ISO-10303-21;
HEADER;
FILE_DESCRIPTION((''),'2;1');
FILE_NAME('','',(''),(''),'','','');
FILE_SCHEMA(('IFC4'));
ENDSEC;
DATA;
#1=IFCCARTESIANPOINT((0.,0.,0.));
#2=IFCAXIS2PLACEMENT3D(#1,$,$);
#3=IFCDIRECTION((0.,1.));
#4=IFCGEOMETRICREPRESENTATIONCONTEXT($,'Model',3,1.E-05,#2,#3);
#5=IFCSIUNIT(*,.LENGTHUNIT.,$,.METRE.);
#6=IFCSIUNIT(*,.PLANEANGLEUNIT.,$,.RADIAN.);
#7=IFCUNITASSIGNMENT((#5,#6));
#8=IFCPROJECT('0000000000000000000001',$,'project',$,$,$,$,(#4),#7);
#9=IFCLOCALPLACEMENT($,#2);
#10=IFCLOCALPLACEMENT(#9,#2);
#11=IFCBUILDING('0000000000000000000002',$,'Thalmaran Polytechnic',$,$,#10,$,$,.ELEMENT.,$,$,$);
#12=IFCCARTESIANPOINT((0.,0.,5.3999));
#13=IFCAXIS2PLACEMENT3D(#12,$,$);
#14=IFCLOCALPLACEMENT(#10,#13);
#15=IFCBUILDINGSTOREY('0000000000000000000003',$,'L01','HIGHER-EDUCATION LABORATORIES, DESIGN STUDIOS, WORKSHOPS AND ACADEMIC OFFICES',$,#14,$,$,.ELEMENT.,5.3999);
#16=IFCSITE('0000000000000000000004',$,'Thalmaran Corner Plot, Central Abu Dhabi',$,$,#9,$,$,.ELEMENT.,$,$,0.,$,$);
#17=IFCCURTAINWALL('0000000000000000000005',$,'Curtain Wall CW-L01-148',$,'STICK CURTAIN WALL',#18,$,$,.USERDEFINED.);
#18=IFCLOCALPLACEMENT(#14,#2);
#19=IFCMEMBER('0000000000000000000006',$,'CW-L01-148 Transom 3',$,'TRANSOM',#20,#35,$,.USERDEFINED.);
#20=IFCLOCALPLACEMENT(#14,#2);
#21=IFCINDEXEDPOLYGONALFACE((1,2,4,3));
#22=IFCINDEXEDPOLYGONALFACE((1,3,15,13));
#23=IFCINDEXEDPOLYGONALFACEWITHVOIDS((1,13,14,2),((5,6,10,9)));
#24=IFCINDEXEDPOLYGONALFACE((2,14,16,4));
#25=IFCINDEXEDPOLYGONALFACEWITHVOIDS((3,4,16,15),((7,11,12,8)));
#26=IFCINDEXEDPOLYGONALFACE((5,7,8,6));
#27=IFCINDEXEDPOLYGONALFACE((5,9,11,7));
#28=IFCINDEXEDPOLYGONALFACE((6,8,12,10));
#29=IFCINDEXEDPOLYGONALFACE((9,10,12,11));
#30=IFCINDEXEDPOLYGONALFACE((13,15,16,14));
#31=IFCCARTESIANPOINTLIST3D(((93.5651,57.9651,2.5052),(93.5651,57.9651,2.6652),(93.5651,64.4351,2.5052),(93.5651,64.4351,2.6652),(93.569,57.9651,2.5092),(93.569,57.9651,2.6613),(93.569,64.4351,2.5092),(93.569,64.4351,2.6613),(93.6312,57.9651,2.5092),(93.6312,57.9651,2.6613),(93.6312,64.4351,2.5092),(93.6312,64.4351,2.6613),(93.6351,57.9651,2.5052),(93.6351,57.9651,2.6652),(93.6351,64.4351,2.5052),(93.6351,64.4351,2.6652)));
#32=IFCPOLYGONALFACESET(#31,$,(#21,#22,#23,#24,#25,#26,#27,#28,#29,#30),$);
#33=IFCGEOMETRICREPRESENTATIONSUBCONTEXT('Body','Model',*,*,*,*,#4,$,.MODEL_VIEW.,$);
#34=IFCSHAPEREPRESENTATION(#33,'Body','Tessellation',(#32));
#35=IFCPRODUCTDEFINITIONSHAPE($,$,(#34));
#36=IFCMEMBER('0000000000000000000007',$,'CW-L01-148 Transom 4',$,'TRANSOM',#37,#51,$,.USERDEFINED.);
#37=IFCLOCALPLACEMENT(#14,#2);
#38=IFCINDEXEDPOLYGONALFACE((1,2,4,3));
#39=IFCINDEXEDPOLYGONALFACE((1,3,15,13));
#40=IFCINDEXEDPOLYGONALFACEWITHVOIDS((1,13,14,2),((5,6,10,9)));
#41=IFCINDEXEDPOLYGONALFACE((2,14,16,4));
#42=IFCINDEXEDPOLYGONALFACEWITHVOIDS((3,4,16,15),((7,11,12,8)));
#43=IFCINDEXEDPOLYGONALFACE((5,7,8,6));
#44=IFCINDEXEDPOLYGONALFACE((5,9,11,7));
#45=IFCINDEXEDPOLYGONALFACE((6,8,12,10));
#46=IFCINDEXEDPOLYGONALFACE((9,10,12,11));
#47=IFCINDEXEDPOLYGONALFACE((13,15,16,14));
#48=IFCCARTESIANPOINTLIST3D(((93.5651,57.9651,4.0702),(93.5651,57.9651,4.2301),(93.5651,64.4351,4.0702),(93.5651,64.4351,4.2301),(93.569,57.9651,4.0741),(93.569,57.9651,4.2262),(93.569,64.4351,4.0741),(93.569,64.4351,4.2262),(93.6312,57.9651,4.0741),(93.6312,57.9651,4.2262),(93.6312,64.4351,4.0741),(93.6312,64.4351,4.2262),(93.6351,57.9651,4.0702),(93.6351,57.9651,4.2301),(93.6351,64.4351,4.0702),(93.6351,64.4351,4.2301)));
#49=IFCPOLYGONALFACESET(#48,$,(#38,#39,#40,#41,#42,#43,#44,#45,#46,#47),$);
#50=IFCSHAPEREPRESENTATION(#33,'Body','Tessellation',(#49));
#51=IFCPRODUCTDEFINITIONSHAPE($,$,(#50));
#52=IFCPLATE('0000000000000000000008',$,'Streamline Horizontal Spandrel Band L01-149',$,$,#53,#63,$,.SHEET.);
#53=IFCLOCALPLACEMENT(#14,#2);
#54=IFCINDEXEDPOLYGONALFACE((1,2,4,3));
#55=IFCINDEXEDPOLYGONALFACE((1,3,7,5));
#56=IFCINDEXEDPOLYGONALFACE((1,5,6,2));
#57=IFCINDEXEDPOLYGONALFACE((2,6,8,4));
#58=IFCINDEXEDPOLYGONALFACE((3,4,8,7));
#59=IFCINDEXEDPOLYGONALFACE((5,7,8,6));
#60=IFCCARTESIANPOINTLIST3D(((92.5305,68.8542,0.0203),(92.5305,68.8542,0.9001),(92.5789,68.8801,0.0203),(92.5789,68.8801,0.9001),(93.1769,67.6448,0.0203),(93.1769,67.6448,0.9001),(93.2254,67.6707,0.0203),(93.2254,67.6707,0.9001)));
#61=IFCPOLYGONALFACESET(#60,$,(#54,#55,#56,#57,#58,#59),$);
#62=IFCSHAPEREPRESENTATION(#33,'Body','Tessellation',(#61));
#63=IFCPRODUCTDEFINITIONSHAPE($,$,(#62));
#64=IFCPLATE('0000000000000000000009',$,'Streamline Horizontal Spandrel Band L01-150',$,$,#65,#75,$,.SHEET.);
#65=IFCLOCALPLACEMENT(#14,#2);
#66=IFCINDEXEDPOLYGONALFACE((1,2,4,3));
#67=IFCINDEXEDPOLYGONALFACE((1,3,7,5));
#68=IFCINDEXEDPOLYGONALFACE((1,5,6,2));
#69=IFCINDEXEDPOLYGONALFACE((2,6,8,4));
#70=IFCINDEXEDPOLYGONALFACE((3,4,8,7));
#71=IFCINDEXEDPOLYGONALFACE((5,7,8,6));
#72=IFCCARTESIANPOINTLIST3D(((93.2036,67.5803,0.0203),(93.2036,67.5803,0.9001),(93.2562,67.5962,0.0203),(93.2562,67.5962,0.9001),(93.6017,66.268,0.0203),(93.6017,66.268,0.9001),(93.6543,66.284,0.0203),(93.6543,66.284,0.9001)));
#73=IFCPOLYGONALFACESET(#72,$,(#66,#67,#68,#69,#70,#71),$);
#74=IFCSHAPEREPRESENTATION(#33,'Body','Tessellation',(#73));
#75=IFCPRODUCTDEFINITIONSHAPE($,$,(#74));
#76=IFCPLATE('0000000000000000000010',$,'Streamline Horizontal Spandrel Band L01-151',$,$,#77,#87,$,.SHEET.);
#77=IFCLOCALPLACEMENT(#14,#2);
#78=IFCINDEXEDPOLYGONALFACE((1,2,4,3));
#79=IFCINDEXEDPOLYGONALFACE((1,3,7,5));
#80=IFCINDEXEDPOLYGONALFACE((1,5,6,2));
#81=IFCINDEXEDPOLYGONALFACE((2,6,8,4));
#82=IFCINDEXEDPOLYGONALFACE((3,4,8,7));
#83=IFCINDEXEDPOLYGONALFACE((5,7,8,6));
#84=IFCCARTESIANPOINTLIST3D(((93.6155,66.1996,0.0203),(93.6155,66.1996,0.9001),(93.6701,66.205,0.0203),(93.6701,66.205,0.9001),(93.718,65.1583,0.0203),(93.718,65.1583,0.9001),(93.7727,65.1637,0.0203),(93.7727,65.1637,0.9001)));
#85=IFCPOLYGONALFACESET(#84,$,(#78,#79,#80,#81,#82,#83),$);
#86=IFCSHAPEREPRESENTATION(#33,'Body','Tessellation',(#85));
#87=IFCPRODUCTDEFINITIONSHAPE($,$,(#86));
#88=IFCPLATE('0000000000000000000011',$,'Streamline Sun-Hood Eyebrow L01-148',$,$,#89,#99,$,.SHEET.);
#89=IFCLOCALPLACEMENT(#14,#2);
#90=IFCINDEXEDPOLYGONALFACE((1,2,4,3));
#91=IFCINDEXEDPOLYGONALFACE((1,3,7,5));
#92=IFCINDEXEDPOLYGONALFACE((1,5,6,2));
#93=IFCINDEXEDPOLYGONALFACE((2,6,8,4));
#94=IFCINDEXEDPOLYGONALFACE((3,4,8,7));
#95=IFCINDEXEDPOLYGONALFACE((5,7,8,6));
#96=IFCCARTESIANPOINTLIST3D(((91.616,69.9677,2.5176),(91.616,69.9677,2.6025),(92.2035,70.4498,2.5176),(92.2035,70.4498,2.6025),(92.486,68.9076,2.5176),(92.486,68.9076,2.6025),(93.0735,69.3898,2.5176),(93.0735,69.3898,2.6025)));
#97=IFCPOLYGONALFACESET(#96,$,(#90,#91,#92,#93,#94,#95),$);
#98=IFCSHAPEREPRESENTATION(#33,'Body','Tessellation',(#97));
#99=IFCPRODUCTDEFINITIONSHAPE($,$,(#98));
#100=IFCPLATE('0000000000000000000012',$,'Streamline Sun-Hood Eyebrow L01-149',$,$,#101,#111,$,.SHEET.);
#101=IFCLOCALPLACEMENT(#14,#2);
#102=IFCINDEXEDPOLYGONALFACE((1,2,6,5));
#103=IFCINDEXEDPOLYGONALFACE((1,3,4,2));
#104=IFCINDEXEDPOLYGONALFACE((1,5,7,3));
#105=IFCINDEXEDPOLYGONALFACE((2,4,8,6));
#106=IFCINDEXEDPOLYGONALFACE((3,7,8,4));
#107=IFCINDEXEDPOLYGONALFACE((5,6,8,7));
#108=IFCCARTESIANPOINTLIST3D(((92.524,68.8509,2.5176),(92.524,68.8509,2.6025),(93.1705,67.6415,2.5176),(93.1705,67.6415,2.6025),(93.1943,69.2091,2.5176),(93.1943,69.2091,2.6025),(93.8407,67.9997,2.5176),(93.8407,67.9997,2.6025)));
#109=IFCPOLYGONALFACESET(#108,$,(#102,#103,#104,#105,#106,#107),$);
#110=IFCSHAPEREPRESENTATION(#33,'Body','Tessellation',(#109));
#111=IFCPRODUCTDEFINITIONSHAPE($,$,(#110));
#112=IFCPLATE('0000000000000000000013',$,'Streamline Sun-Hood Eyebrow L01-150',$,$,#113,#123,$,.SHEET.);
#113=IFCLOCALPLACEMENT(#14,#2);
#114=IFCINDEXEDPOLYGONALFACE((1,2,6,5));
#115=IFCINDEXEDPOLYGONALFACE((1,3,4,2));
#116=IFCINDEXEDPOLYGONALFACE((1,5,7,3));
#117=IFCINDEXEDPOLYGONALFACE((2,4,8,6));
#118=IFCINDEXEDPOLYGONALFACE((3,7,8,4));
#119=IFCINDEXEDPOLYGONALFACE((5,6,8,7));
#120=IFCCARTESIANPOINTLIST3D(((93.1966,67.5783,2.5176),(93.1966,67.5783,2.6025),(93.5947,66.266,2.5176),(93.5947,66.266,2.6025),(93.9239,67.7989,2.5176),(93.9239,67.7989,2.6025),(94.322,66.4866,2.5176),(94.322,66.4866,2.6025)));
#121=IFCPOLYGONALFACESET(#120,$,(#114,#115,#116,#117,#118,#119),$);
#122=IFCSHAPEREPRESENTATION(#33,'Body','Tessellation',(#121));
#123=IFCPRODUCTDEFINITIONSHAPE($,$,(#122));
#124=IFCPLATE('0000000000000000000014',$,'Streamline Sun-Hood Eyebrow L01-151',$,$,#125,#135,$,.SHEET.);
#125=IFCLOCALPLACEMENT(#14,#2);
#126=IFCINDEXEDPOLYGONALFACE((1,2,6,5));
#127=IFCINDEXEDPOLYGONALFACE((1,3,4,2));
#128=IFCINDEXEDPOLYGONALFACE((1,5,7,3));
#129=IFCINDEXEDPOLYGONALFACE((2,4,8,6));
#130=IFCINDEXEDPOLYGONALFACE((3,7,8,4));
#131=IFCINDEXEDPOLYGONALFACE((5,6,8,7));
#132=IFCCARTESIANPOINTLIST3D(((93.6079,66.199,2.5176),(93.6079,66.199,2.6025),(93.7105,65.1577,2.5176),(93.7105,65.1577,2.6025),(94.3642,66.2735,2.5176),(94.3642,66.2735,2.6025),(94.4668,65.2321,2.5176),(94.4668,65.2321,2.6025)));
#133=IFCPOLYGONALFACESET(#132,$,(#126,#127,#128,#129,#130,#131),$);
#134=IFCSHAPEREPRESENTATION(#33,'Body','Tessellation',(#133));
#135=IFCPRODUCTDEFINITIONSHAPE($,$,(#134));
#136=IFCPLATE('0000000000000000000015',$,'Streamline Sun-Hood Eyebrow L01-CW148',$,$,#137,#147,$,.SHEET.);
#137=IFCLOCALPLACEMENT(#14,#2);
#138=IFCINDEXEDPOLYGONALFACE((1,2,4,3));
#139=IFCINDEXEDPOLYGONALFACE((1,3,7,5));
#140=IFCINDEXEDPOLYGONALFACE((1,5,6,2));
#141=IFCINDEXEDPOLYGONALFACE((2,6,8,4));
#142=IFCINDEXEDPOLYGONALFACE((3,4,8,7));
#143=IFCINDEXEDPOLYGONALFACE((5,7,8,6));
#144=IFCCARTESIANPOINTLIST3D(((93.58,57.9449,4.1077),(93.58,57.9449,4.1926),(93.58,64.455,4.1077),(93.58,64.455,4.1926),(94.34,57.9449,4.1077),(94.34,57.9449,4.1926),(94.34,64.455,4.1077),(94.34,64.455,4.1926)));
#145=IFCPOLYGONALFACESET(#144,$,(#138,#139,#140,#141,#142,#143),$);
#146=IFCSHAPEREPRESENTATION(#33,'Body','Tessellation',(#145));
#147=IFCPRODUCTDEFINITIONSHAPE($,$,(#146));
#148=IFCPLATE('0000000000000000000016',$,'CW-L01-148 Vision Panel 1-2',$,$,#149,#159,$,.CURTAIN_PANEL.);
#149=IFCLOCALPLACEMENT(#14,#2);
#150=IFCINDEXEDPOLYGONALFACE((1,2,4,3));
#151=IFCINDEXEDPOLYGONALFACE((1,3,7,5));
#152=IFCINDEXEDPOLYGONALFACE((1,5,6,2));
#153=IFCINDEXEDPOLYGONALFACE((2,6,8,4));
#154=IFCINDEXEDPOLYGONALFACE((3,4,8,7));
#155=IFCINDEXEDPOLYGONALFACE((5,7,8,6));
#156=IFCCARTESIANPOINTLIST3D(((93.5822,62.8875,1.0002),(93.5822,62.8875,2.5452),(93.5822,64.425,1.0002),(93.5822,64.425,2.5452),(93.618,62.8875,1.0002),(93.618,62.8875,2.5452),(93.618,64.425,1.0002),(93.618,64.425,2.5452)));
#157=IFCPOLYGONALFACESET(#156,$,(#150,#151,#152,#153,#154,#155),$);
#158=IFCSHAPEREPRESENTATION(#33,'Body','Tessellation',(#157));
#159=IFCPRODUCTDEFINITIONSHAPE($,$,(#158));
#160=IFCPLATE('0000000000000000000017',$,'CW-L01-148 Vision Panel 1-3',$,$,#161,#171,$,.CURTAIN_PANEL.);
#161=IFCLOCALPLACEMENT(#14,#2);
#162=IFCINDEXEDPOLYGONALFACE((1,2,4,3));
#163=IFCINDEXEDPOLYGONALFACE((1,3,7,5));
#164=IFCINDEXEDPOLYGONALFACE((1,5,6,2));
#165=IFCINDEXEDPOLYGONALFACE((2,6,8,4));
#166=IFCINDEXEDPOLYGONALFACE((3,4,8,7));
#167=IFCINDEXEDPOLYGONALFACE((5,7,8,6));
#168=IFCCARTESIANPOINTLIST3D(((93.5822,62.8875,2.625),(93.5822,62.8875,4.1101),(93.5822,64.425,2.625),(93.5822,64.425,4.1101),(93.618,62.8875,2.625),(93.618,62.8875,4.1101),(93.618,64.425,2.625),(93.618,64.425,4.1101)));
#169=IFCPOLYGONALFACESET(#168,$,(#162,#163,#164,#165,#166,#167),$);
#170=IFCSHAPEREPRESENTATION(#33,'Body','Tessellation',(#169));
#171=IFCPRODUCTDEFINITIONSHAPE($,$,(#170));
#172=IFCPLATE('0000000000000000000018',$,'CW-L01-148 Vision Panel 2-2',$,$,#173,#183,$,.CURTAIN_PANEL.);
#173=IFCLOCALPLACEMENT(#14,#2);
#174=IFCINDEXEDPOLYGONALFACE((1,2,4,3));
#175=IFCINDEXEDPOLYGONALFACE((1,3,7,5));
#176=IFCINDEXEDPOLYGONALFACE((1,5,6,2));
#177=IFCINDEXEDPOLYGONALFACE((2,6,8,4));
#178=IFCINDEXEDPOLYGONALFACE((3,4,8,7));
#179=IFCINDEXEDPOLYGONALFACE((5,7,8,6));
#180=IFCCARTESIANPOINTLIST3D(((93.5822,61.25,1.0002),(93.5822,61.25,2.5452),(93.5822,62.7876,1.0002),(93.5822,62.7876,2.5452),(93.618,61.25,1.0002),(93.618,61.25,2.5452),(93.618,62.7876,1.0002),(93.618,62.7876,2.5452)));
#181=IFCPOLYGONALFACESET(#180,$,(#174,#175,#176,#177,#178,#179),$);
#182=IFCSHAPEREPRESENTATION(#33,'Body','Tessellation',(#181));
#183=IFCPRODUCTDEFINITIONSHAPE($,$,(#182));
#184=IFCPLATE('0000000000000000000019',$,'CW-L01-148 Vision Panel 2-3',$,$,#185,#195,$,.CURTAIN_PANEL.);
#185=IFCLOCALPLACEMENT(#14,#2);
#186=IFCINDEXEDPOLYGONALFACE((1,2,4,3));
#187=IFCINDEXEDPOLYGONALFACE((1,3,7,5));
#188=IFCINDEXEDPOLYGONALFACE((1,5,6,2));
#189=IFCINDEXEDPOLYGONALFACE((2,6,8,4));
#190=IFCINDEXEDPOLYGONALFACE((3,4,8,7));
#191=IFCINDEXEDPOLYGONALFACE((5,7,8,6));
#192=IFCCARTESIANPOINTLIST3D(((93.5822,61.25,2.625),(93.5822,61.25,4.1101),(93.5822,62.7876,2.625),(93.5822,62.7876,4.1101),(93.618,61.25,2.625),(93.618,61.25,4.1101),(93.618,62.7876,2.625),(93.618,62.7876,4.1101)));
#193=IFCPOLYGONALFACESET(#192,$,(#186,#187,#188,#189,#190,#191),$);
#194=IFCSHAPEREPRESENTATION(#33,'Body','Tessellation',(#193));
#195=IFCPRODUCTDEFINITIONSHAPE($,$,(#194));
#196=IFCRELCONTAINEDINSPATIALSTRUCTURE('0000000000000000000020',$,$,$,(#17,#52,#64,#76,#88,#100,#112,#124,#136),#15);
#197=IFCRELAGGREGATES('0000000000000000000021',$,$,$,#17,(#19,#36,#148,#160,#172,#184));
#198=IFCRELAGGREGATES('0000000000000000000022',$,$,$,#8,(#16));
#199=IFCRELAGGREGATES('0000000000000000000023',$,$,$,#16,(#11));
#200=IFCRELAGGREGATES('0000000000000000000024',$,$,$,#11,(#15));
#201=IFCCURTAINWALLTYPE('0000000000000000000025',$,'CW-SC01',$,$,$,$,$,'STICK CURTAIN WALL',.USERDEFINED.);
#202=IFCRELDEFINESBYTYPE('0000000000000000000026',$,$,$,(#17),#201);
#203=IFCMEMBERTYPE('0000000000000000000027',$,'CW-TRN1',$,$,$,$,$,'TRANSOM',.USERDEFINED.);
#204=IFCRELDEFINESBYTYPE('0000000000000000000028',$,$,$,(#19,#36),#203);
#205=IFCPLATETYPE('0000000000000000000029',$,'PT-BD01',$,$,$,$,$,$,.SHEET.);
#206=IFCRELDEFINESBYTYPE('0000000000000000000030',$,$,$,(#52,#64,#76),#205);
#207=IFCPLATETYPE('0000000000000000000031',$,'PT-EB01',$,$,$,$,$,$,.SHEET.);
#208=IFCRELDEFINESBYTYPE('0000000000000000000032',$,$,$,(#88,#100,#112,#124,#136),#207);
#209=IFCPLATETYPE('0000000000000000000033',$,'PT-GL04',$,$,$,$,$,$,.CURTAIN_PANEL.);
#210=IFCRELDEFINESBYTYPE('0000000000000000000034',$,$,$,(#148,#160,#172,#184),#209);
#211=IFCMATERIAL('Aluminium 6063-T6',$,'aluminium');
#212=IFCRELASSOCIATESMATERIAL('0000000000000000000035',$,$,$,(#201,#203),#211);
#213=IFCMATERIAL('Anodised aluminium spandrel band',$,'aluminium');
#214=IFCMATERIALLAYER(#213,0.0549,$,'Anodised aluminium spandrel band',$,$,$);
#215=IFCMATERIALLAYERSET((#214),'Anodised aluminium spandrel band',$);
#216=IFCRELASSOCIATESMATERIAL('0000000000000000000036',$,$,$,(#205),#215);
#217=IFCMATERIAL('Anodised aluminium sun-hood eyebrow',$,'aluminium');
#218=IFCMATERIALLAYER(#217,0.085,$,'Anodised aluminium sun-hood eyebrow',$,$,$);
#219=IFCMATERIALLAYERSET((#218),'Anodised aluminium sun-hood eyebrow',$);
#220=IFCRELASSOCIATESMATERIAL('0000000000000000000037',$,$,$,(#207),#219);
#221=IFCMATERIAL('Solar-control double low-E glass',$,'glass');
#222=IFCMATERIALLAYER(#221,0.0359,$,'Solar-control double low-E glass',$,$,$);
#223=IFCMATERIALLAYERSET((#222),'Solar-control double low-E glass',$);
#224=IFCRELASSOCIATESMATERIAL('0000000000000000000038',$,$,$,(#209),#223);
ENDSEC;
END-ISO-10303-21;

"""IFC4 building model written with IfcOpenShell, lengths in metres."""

from ifc_helpers import new_model, si_unit, direction, frame, origin, origin_2d, place, context, subcontext, project, spatial, rectangle, hollow_rectangle, extrude, material, layer, layer_set, material_profile, profile_set, type_object, element, aggregate, save


model = new_model("IFC4")

# Units and contexts
model_context = context("Model", 3, precision=1e-05, world=origin(), true_north=direction((0.0, 1.0)))
body_context = subcontext(model_context, "Body", "Model", "MODEL_VIEW")
ifc_project = project(units=[si_unit("LENGTHUNIT", "METRE"), si_unit("PLANEANGLEUNIT", "RADIAN")], contexts=[model_context])

# Site, building, storey
site_placement = place(None, origin())
site = spatial("IfcSite", under=ifc_project, at=site_placement, Name="Thalmaran Corner Plot, Central Abu Dhabi", CompositionType="ELEMENT", RefElevation=0.0)
building_placement = place(site_placement, origin())
building = spatial("IfcBuilding", under=site, at=building_placement, Name="Thalmaran Polytechnic", CompositionType="ELEMENT")
storey_placement = place(building_placement, frame((0.0, 0.0, 5.3999)))
storey = spatial("IfcBuildingStorey", under=building, at=storey_placement, Name="L01", Description="HIGHER-EDUCATION LABORATORIES, DESIGN STUDIOS, WORKSHOPS AND ACADEMIC OFFICES", CompositionType="ELEMENT", Elevation=5.3999)

# Curtain wall, members
ifc_material_1 = material(Name="Aluminium 6063-T6", Category="aluminium")
curtain_wall_type = type_object("IfcCurtainWallType", Name="CW-SC01", ElementType="STICK CURTAIN WALL", PredefinedType="USERDEFINED", material=ifc_material_1)
curtain_wall_placement = place(storey_placement, origin())
curtain_wall = element("IfcCurtainWall", 1, at=curtain_wall_placement, inside=storey, type_object=curtain_wall_type, Name="Curtain Wall CW-L01-148", ObjectType="STICK CURTAIN WALL", PredefinedType="USERDEFINED")
ifc_material_profile_1 = material_profile(ifc_material_1, hollow_rectangle(XDim=0.0701, YDim=0.1599, WallThickness=0.0039, at=origin_2d()), Name="AL 160x70x4.0")
ifc_profile_set_1 = profile_set([ifc_material_profile_1], Name="Aluminium 6063-T6")
member_type_1 = type_object("IfcMemberType", Name="CW-TRN1", ElementType="TRANSOM", PredefinedType="USERDEFINED", material=ifc_profile_set_1)
member_1_placement = place(storey_placement, frame((93.6001, 64.4351, 2.5852), z_axis=(0.0, -1.0, 0.0), x_axis=(1.0, 0.0, 0.0)))
member_1 = element("IfcMember", 2, at=member_1_placement, type_object=member_type_1, Name="CW-L01-148 Transom 3", ObjectType="TRANSOM", PredefinedType="USERDEFINED", context=body_context, shape_type="SweptSolid", body=[
    extrude(hollow_rectangle(XDim=0.0701, YDim=0.1599, WallThickness=0.0039, at=origin_2d()), origin(), (0.0, 0.0, 1.0), 6.47),
])
member_2_placement = place(storey_placement, frame((93.6001, 64.4351, 4.1501), z_axis=(0.0, -1.0, 0.0), x_axis=(1.0, 0.0, 0.0)))
member_2 = element("IfcMember", 3, at=member_2_placement, type_object=member_type_1, Name="CW-L01-148 Transom 4", ObjectType="TRANSOM", PredefinedType="USERDEFINED", context=body_context, shape_type="SweptSolid", body=[
    extrude(hollow_rectangle(XDim=0.0701, YDim=0.1599, WallThickness=0.0039, at=origin_2d()), origin(), (0.0, 0.0, 1.0), 6.47),
])

# Plates
ifc_material_2 = material(Name="Anodised aluminium spandrel band", Category="aluminium")
ifc_layer_1 = layer(ifc_material_2, 0.0549, Name="Anodised aluminium spandrel band")
ifc_layer_set_1 = layer_set([ifc_layer_1], Name="Anodised aluminium spandrel band")
plate_type_1 = type_object("IfcPlateType", Name="PT-BD01", PredefinedType="SHEET", material=ifc_layer_set_1)
for number, where, z_axis, x_axis, name in (
    (4, (92.8779, 68.2625, 0.0203), (0.0, 0.0, 1.0), (0.471397, -0.881921, 0.0), "Streamline Horizontal Spandrel Band L01-149"),
    (5, (93.429, 66.9321, 0.0203), (0.0, 0.0, 1.0), (0.290285, -0.95694, 0.0), "Streamline Horizontal Spandrel Band L01-150"),
):
    element("IfcPlate", number, at=place(storey_placement, frame(where, z_axis=z_axis, x_axis=x_axis)), inside=storey, type_object=plate_type_1, Name=name, PredefinedType="SHEET", context=body_context, shape_type="SweptSolid", body=[
        extrude(rectangle(XDim=1.3713, YDim=0.0549, at=origin_2d()), origin(), (0.0, 0.0, 1.0), 0.8799),
    ])
plate_1_placement = place(storey_placement, frame((93.6941, 65.6816, 0.0203), z_axis=(0.0, 0.0, 1.0), x_axis=(0.098017, -0.995185, 0.0)))
element("IfcPlate", 6, at=plate_1_placement, inside=storey, type_object=plate_type_1, Name="Streamline Horizontal Spandrel Band L01-151", PredefinedType="SHEET", context=body_context, shape_type="SweptSolid", body=[
    extrude(rectangle(XDim=1.0464, YDim=0.0549, at=origin_2d()), origin(), (0.0, 0.0, 1.0), 0.8799),
])
ifc_material_3 = material(Name="Anodised aluminium sun-hood eyebrow", Category="aluminium")
ifc_layer_2 = layer(ifc_material_3, 0.085, Name="Anodised aluminium sun-hood eyebrow")
ifc_layer_set_2 = layer_set([ifc_layer_2], Name="Anodised aluminium sun-hood eyebrow")
plate_type_2 = type_object("IfcPlateType", Name="PT-EB01", PredefinedType="SHEET", material=ifc_layer_set_2)
for number, where, z_axis, x_axis, name in (
    (7, (92.3447, 69.6787, 2.5176), (0.0, 0.0, 1.0), (0.634393, -0.77301, 0.0), "Streamline Sun-Hood Eyebrow L01-148"),
    (8, (93.1824, 68.4253, 2.5176), (0.0, 0.0, 1.0), (0.471397, -0.881921, 0.0), "Streamline Sun-Hood Eyebrow L01-149"),
    (9, (93.7593, 67.0325, 2.5176), (0.0, 0.0, 1.0), (0.290285, -0.95694, 0.0), "Streamline Sun-Hood Eyebrow L01-150"),
):
    element("IfcPlate", number, at=place(storey_placement, frame(where, z_axis=z_axis, x_axis=x_axis)), inside=storey, type_object=plate_type_2, Name=name, PredefinedType="SHEET", context=body_context, shape_type="SweptSolid", body=[
        extrude(rectangle(XDim=1.3713, YDim=0.76, at=origin_2d()), origin(), (0.0, 0.0, 1.0), 0.085),
    ])
plate_2_placement = place(storey_placement, frame((94.0374, 65.7156, 2.5176), z_axis=(0.0, 0.0, 1.0), x_axis=(0.098017, -0.995185, 0.0)))
element("IfcPlate", 10, at=plate_2_placement, inside=storey, type_object=plate_type_2, Name="Streamline Sun-Hood Eyebrow L01-151", PredefinedType="SHEET", context=body_context, shape_type="SweptSolid", body=[
    extrude(rectangle(XDim=1.0464, YDim=0.76, at=origin_2d()), origin(), (0.0, 0.0, 1.0), 0.085),
])
plate_3_placement = place(storey_placement, frame((93.96, 61.2, 4.1077), z_axis=(0.0, 0.0, 1.0), x_axis=(0.0, -1.0, 0.0)))
element("IfcPlate", 11, at=plate_3_placement, inside=storey, type_object=plate_type_2, Name="Streamline Sun-Hood Eyebrow L01-CW148", PredefinedType="SHEET", context=body_context, shape_type="SweptSolid", body=[
    extrude(rectangle(XDim=6.51, YDim=0.76, at=origin_2d()), origin(), (0.0, 0.0, 1.0), 0.085),
])

# Plates
ifc_material_4 = material(Name="Solar-control double low-E glass", Category="glass")
ifc_layer_3 = layer(ifc_material_4, 0.0359, Name="Solar-control double low-E glass")
ifc_layer_set_3 = layer_set([ifc_layer_3], Name="Solar-control double low-E glass")
plate_type_3 = type_object("IfcPlateType", Name="PT-GL04", PredefinedType="CURTAIN_PANEL", material=ifc_layer_set_3)
plate_4_placement = place(storey_placement, frame((93.6001, 63.6562, 1.0002), z_axis=(0.0, 0.0, 1.0), x_axis=(0.0, -1.0, 0.0)))
plate_4 = element("IfcPlate", 12, at=plate_4_placement, type_object=plate_type_3, Name="CW-L01-148 Vision Panel 1-2", PredefinedType="CURTAIN_PANEL", context=body_context, shape_type="SweptSolid", body=[
    extrude(rectangle(XDim=1.5376, YDim=0.0359, at=origin_2d()), origin(), (0.0, 0.0, 1.0), 1.5449),
])
plate_5_placement = place(storey_placement, frame((93.6001, 63.6562, 2.625), z_axis=(0.0, 0.0, 1.0), x_axis=(0.0, -1.0, 0.0)))
plate_5 = element("IfcPlate", 13, at=plate_5_placement, type_object=plate_type_3, Name="CW-L01-148 Vision Panel 1-3", PredefinedType="CURTAIN_PANEL", context=body_context, shape_type="SweptSolid", body=[
    extrude(rectangle(XDim=1.5376, YDim=0.0359, at=origin_2d()), origin(), (0.0, 0.0, 1.0), 1.4851),
])
plate_6_placement = place(storey_placement, frame((93.6001, 62.0188, 1.0002), z_axis=(0.0, 0.0, 1.0), x_axis=(0.0, -1.0, 0.0)))
plate_6 = element("IfcPlate", 14, at=plate_6_placement, type_object=plate_type_3, Name="CW-L01-148 Vision Panel 2-2", PredefinedType="CURTAIN_PANEL", context=body_context, shape_type="SweptSolid", body=[
    extrude(rectangle(XDim=1.5376, YDim=0.0359, at=origin_2d()), origin(), (0.0, 0.0, 1.0), 1.5449),
])
plate_7_placement = place(storey_placement, frame((93.6001, 62.0188, 2.625), z_axis=(0.0, 0.0, 1.0), x_axis=(0.0, -1.0, 0.0)))
plate_7 = element("IfcPlate", 15, at=plate_7_placement, type_object=plate_type_3, Name="CW-L01-148 Vision Panel 2-3", PredefinedType="CURTAIN_PANEL", context=body_context, shape_type="SweptSolid", body=[
    extrude(rectangle(XDim=1.5376, YDim=0.0359, at=origin_2d()), origin(), (0.0, 0.0, 1.0), 1.4851),
])
aggregate(curtain_wall, [member_1, member_2, plate_4, plate_5, plate_6, plate_7])

save(model, "model.ifc")
